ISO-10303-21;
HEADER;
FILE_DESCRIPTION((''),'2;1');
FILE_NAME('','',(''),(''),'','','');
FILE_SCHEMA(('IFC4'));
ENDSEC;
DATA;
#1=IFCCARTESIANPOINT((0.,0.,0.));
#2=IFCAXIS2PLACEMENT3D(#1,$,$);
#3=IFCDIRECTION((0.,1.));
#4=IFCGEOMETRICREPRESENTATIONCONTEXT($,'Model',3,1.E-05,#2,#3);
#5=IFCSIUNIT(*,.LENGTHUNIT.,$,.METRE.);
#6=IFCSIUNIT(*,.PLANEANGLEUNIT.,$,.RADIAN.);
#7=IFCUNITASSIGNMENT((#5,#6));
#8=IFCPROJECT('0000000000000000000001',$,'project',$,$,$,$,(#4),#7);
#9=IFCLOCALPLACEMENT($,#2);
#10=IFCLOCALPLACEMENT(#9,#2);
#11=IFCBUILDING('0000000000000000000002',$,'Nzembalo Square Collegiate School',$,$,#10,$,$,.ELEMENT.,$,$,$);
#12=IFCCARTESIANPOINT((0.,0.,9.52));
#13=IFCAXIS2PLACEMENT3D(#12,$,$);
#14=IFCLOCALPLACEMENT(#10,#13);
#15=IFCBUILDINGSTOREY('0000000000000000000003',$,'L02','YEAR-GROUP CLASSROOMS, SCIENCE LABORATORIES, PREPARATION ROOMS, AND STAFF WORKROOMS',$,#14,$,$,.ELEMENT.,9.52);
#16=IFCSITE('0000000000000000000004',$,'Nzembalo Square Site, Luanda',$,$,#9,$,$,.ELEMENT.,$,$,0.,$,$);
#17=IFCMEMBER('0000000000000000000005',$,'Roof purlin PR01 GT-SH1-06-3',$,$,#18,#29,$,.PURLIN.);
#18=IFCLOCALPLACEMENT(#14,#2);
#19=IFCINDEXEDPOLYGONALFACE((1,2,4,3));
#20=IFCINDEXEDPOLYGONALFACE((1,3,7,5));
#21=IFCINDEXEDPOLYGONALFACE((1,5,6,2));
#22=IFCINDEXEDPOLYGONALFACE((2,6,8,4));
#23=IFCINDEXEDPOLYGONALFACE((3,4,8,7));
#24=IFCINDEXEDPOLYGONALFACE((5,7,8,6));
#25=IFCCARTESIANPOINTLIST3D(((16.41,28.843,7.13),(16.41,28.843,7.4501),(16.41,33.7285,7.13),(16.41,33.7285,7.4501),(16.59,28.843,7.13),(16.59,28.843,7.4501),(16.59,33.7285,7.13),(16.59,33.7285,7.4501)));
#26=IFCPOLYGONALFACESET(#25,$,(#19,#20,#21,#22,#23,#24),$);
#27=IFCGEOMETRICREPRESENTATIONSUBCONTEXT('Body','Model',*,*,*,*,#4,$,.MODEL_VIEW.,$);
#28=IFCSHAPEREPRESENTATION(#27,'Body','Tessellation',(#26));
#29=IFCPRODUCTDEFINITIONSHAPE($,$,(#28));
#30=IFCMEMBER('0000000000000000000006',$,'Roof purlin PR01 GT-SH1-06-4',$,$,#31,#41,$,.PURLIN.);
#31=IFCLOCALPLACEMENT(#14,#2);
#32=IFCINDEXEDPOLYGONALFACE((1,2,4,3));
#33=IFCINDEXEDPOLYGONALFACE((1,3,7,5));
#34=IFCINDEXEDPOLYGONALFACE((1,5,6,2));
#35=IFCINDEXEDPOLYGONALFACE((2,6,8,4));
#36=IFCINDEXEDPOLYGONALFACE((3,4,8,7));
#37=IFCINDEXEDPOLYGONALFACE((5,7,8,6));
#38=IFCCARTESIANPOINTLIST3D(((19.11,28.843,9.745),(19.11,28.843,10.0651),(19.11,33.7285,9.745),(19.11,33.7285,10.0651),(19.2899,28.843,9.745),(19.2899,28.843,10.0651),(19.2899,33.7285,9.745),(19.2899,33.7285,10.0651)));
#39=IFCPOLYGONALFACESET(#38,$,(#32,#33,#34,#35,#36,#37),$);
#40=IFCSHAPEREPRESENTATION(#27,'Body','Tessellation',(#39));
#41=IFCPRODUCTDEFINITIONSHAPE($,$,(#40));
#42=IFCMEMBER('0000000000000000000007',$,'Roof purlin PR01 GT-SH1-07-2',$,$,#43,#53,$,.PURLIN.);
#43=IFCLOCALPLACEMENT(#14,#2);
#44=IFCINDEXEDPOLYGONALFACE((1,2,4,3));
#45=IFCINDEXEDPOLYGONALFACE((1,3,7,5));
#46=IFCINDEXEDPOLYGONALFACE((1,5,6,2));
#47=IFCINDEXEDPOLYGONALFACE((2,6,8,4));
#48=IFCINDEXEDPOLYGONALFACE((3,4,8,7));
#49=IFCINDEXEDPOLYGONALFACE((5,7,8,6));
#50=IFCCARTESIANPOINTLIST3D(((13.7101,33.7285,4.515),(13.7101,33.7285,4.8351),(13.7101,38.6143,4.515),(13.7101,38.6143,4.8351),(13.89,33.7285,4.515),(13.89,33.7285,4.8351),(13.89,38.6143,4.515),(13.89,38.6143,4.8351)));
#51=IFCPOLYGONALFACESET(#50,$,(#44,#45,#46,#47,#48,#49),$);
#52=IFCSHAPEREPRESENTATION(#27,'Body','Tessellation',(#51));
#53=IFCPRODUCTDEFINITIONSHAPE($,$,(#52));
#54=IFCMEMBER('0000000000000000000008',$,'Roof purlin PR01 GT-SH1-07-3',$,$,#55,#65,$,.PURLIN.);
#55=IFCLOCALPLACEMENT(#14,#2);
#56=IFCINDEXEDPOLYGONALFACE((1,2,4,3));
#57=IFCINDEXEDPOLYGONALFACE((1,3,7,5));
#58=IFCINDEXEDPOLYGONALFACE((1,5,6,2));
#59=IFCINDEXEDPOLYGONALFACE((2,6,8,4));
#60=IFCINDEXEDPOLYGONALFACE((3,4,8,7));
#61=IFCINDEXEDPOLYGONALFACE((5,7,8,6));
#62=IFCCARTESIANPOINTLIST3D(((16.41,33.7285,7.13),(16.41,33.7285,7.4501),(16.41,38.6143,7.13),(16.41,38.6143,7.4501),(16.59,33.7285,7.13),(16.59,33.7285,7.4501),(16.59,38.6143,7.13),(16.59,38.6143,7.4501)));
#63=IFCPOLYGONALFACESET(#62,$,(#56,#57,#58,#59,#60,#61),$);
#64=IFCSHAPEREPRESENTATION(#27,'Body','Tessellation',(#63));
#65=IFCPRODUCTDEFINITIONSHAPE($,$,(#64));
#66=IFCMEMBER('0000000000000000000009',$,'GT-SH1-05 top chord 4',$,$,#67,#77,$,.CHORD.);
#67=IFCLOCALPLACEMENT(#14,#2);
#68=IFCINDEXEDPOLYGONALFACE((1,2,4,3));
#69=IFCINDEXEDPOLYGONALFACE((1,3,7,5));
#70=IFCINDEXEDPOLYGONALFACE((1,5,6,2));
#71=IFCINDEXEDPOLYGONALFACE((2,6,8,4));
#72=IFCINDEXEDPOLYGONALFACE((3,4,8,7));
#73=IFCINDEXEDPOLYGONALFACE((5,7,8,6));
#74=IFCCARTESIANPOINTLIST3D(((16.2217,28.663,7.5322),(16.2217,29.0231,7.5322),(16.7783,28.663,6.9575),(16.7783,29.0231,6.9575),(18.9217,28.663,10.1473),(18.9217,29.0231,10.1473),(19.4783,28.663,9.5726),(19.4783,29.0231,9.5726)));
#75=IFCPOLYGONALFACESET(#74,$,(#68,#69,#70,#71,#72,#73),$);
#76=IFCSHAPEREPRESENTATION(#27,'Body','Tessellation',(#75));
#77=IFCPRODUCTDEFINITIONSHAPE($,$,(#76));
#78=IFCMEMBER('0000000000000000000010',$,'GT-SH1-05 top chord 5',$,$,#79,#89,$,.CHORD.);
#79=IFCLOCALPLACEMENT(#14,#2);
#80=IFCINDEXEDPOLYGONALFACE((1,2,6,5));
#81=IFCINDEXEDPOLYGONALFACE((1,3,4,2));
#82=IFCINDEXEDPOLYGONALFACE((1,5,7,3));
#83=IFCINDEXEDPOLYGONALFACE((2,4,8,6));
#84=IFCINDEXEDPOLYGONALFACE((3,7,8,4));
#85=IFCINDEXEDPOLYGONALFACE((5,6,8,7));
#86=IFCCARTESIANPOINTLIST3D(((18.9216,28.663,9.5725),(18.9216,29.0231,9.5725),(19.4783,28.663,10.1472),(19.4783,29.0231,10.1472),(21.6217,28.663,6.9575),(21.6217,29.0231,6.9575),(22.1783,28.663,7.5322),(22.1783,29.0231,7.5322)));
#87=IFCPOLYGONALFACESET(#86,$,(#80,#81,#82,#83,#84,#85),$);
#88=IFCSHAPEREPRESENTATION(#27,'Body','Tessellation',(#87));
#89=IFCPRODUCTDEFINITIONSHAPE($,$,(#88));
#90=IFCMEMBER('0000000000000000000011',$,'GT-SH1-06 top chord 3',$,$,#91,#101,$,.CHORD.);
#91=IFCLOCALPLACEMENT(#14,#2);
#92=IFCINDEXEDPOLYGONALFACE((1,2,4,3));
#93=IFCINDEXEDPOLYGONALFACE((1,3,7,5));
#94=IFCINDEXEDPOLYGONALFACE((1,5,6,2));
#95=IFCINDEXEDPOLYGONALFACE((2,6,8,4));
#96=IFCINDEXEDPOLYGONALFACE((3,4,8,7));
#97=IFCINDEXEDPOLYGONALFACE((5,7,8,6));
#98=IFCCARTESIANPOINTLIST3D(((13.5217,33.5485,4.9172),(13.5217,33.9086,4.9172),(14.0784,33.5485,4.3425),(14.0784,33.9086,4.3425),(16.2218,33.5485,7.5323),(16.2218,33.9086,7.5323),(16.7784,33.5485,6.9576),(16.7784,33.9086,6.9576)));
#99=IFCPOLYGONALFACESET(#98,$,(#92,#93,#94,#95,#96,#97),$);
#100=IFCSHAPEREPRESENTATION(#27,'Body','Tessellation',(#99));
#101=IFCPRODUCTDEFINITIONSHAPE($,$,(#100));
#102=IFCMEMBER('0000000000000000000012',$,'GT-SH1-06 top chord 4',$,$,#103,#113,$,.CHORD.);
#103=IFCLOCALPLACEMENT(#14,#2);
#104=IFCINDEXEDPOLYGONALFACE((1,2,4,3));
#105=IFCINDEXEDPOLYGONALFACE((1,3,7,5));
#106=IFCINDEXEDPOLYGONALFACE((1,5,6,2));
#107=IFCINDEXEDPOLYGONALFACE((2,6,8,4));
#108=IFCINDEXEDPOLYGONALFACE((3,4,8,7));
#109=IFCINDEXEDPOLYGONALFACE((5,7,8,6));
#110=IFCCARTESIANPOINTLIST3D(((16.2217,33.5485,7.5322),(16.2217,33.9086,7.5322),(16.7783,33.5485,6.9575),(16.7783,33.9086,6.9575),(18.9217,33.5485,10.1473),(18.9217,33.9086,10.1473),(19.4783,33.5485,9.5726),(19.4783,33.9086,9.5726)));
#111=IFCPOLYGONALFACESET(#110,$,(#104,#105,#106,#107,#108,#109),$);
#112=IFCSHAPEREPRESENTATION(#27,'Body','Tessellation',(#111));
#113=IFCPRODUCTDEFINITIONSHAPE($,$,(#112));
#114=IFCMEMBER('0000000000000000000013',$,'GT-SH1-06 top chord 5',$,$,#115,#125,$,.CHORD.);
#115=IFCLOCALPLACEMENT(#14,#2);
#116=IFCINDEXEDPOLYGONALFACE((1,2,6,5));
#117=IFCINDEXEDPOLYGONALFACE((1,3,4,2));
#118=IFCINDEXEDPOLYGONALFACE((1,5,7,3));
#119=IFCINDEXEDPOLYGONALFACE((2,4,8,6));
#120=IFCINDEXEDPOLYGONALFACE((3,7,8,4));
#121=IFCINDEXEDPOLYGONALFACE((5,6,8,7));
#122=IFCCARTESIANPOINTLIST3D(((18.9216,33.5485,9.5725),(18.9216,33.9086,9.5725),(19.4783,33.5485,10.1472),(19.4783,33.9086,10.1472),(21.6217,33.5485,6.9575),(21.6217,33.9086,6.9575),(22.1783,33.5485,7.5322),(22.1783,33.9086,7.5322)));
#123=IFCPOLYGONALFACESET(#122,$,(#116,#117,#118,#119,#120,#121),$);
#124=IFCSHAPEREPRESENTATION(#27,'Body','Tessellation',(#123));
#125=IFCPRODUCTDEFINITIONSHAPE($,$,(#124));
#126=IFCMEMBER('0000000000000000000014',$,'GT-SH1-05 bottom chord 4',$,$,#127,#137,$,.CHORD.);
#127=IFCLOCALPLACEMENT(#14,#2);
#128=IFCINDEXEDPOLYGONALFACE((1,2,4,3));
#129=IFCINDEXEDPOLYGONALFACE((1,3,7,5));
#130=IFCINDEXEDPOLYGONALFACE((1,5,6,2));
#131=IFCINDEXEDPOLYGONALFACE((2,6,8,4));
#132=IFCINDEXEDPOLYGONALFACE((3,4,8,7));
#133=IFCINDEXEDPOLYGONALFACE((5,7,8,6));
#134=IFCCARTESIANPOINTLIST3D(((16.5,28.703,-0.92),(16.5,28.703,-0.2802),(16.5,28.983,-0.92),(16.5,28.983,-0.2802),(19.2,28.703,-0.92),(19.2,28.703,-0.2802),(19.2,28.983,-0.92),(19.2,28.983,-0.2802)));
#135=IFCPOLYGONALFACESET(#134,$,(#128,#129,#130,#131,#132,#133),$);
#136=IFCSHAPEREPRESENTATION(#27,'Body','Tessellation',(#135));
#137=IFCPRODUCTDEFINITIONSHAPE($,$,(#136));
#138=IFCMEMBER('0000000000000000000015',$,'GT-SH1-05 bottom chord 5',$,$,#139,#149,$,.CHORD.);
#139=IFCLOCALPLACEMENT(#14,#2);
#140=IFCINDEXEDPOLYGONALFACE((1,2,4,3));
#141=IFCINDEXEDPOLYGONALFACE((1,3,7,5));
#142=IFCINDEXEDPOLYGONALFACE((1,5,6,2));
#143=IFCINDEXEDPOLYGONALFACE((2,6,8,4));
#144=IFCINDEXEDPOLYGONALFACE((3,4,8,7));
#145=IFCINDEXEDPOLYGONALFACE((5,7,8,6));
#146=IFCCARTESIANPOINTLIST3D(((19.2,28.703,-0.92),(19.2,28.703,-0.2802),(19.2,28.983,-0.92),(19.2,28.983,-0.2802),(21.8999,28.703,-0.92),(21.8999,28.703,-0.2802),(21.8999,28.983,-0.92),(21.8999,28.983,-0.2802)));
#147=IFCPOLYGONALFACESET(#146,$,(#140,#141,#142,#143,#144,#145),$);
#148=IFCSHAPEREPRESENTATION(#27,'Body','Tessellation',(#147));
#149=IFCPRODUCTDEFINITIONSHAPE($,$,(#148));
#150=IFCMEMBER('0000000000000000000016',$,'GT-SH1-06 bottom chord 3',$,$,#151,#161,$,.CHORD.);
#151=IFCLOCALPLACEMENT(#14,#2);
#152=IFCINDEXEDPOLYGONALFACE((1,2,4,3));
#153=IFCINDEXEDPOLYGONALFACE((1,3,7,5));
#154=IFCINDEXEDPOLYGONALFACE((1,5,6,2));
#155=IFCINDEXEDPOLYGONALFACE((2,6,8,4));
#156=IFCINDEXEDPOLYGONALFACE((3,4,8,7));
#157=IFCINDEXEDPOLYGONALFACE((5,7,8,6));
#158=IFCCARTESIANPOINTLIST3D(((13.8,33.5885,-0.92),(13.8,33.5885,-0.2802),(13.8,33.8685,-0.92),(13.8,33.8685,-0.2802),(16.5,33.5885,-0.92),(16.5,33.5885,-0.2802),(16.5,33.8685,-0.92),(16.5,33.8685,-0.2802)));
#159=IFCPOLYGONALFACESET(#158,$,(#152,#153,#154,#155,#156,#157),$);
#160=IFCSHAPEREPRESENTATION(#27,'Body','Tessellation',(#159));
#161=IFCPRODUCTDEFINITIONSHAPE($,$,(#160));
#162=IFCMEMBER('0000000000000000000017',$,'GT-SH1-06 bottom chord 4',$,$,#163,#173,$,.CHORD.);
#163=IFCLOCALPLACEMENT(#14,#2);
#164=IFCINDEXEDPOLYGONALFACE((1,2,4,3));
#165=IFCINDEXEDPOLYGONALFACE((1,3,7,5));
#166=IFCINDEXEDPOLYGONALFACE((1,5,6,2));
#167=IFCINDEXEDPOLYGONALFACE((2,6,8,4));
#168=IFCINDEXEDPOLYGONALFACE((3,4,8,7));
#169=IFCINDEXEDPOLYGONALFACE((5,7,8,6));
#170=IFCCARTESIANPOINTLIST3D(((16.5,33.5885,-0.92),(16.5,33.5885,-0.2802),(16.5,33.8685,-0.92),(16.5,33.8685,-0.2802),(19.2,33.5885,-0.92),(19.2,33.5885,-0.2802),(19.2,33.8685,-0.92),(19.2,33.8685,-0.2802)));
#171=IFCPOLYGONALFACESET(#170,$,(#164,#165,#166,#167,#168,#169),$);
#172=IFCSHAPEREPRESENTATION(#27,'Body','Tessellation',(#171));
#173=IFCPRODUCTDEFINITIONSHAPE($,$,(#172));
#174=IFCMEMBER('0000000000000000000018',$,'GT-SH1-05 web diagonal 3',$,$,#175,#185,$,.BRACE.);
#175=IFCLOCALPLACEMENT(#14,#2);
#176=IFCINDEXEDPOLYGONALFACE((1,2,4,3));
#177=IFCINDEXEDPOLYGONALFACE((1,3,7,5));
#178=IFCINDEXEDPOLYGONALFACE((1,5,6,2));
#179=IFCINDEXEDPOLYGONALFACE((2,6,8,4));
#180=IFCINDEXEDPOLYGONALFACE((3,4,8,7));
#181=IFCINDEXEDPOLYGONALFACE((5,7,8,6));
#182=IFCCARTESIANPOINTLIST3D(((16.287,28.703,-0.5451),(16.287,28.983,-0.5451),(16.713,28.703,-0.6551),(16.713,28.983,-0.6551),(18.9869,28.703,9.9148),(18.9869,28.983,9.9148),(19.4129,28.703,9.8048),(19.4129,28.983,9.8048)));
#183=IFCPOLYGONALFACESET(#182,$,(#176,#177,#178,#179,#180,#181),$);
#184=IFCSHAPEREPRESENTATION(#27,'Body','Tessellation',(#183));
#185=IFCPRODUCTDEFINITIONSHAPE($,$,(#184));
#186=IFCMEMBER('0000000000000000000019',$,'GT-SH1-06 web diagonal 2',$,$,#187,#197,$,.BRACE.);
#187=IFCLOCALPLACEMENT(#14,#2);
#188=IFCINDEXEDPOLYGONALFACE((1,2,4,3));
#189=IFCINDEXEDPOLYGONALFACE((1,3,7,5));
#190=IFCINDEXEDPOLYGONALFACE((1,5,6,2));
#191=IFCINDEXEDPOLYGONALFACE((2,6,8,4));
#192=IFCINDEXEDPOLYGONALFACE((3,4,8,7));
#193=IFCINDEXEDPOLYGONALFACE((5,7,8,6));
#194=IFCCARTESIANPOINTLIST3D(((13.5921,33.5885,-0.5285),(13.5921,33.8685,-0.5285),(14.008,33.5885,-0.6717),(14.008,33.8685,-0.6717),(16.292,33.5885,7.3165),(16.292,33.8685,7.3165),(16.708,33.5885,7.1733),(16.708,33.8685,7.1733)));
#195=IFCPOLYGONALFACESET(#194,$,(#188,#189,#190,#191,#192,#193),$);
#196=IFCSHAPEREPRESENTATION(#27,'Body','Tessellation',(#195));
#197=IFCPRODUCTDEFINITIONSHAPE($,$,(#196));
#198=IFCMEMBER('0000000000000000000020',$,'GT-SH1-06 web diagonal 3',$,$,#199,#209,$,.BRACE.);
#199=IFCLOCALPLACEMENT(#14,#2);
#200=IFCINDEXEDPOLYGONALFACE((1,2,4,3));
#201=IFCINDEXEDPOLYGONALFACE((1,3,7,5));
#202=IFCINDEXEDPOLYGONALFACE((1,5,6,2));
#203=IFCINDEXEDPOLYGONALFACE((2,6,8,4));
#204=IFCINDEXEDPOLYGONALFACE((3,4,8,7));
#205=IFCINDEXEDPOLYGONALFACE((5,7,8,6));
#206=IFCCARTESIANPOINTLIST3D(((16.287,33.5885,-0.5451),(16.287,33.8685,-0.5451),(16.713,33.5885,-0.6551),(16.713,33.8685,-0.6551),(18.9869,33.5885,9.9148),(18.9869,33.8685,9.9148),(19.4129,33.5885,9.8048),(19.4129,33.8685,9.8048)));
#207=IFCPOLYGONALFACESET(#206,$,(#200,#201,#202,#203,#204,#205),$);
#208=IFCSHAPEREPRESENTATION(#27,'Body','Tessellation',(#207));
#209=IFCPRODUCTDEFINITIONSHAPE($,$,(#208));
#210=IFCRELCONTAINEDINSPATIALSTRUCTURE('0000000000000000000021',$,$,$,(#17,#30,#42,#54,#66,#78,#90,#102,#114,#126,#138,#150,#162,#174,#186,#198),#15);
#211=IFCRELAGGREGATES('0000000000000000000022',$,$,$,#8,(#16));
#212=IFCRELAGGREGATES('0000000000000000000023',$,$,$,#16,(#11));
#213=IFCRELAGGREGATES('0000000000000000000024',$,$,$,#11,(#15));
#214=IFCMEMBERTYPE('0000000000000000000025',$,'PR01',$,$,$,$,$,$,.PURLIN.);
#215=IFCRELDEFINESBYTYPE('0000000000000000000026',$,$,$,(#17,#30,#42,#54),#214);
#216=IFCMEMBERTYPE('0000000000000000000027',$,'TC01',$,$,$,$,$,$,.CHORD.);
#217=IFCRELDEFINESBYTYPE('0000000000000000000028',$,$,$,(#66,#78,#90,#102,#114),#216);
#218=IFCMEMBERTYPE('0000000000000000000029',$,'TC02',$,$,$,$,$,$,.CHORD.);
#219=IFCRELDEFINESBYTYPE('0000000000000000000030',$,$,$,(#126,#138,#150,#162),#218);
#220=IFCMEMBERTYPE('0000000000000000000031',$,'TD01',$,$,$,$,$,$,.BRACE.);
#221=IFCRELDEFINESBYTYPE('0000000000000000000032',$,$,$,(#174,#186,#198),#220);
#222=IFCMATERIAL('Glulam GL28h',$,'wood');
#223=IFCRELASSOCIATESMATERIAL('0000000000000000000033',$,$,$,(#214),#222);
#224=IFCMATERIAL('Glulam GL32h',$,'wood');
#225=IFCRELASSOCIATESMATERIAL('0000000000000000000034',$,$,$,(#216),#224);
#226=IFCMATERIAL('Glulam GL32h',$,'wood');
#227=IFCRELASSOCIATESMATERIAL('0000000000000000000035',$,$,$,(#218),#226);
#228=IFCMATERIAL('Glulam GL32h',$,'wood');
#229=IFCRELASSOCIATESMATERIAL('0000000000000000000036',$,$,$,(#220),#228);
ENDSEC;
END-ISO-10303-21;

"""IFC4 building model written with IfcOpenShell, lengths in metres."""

from ifc_helpers import new_model, si_unit, direction, frame, origin, origin_2d, place, context, subcontext, project, spatial, rectangle, extrude, material, material_profile, profile_set, type_object, element, save


model = new_model("IFC4")

# Units and contexts
model_context = context("Model", 3, precision=1e-05, world=origin(), true_north=direction((0.0, 1.0)))
body_context = subcontext(model_context, "Body", "Model", "MODEL_VIEW")
ifc_project = project(units=[si_unit("LENGTHUNIT", "METRE"), si_unit("PLANEANGLEUNIT", "RADIAN")], contexts=[model_context])

# Site, building, storey
site_placement = place(None, origin())
site = spatial("IfcSite", under=ifc_project, at=site_placement, Name="Nzembalo Square Site, Luanda", CompositionType="ELEMENT", RefElevation=0.0)
building_placement = place(site_placement, origin())
building = spatial("IfcBuilding", under=site, at=building_placement, Name="Nzembalo Square Collegiate School", CompositionType="ELEMENT")
storey_placement = place(building_placement, frame((0.0, 0.0, 9.52)))
storey = spatial("IfcBuildingStorey", under=building, at=storey_placement, Name="L02", Description="YEAR-GROUP CLASSROOMS, SCIENCE LABORATORIES, PREPARATION ROOMS, AND STAFF WORKROOMS", CompositionType="ELEMENT", Elevation=9.52)

# Members
ifc_material_1 = material(Name="Glulam GL28h", Category="wood")
ifc_material_profile_1 = material_profile(ifc_material_1, rectangle(XDim=0.1799, YDim=0.3201, at=origin_2d()), Name="GL28h 180x320")
ifc_profile_set_1 = profile_set([ifc_material_profile_1], Name="Glulam GL28h")
member_type_1 = type_object("IfcMemberType", Name="PR01", PredefinedType="PURLIN", material=ifc_profile_set_1)
for number, where, z_axis, x_axis, name in (
    (1, (16.5, 28.843, 7.29), (0.0, 1.0, 0.0), (-1.0, 0.0, 0.0), "Roof purlin PR01 GT-SH1-06-3"),
    (2, (19.2, 28.843, 9.905), (0.0, 1.0, 0.0), (-1.0, 0.0, 0.0), "Roof purlin PR01 GT-SH1-06-4"),
):
    element("IfcMember", number, at=place(storey_placement, frame(where, z_axis=z_axis, x_axis=x_axis)), inside=storey, type_object=member_type_1, Name=name, PredefinedType="PURLIN", context=body_context, shape_type="SweptSolid", body=[
        extrude(rectangle(XDim=0.1799, YDim=0.3201, at=origin_2d()), origin(), (0.0, 0.0, 1.0), 4.8855),
    ])
for number, where, z_axis, x_axis, name in (
    (3, (13.8, 33.7285, 4.675), (0.0, 1.0, 0.0), (-1.0, 0.0, 0.0), "Roof purlin PR01 GT-SH1-07-2"),
    (4, (16.5, 33.7285, 7.29), (0.0, 1.0, 0.0), (-1.0, 0.0, 0.0), "Roof purlin PR01 GT-SH1-07-3"),
):
    element("IfcMember", number, at=place(storey_placement, frame(where, z_axis=z_axis, x_axis=x_axis)), inside=storey, type_object=member_type_1, Name=name, PredefinedType="PURLIN", context=body_context, shape_type="SweptSolid", body=[
        extrude(rectangle(XDim=0.1799, YDim=0.3201, at=origin_2d()), origin(), (0.0, 0.0, 1.0), 4.8857),
    ])
ifc_material_2 = material(Name="Glulam GL32h", Category="wood")
ifc_material_profile_2 = material_profile(ifc_material_2, rectangle(XDim=0.3601, YDim=0.8, at=origin_2d()), Name="GL32h 360x800")
ifc_profile_set_2 = profile_set([ifc_material_profile_2], Name="Glulam GL32h")
member_type_2 = type_object("IfcMemberType", Name="TC01", PredefinedType="CHORD", material=ifc_profile_set_2)
for number, where, z_axis, x_axis, name in (
    (5, (16.5, 28.843, 7.2449), (0.718318, 0.0, 0.695715), (0.0, 1.0, 0.0), "GT-SH1-05 top chord 4"),
    (6, (19.2, 28.843, 9.8599), (0.718318, 0.0, -0.695715), (0.0, 1.0, 0.0), "GT-SH1-05 top chord 5"),
    (7, (13.8, 33.7285, 4.6299), (0.718318, 0.0, 0.695715), (0.0, 1.0, 0.0), "GT-SH1-06 top chord 3"),
    (8, (16.5, 33.7285, 7.2449), (0.718318, 0.0, 0.695715), (0.0, 1.0, 0.0), "GT-SH1-06 top chord 4"),
    (9, (19.2, 33.7285, 9.8599), (0.718318, 0.0, -0.695715), (0.0, 1.0, 0.0), "GT-SH1-06 top chord 5"),
):
    element("IfcMember", number, at=place(storey_placement, frame(where, z_axis=z_axis, x_axis=x_axis)), inside=storey, type_object=member_type_2, Name=name, PredefinedType="CHORD", context=body_context, shape_type="SweptSolid", body=[
        extrude(rectangle(XDim=0.3601, YDim=0.8, at=origin_2d()), origin(), (0.0, 0.0, 1.0), 3.7588),
    ])
ifc_material_3 = material(Name="Glulam GL32h", Category="wood")
ifc_material_profile_3 = material_profile(ifc_material_3, rectangle(XDim=0.28, YDim=0.6399, at=origin_2d()), Name="GL32h 280x640")
ifc_profile_set_3 = profile_set([ifc_material_profile_3], Name="Glulam GL32h")
member_type_3 = type_object("IfcMemberType", Name="TC02", PredefinedType="CHORD", material=ifc_profile_set_3)
for number, where, z_axis, x_axis, name in (
    (10, (16.5, 28.843, -0.6001), (1.0, 0.0, 0.0), (0.0, 1.0, 0.0), "GT-SH1-05 bottom chord 4"),
    (11, (19.2, 28.843, -0.6001), (1.0, 0.0, 0.0), (0.0, 1.0, 0.0), "GT-SH1-05 bottom chord 5"),
    (12, (13.8, 33.7285, -0.6001), (1.0, 0.0, 0.0), (0.0, 1.0, 0.0), "GT-SH1-06 bottom chord 3"),
    (13, (16.5, 33.7285, -0.6001), (1.0, 0.0, 0.0), (0.0, 1.0, 0.0), "GT-SH1-06 bottom chord 4"),
):
    element("IfcMember", number, at=place(storey_placement, frame(where, z_axis=z_axis, x_axis=x_axis)), inside=storey, type_object=member_type_3, Name=name, PredefinedType="CHORD", context=body_context, shape_type="SweptSolid", body=[
        extrude(rectangle(XDim=0.28, YDim=0.6399, at=origin_2d()), origin(), (0.0, 0.0, 1.0), 2.7),
    ])
ifc_material_4 = material(Name="Glulam GL32h", Category="wood")
ifc_material_profile_4 = material_profile(ifc_material_4, rectangle(XDim=0.28, YDim=0.4399, at=origin_2d()), Name="GL32h 280x440")
ifc_profile_set_4 = profile_set([ifc_material_profile_4], Name="Glulam GL32h")
member_type_4 = type_object("IfcMemberType", Name="TD01", PredefinedType="BRACE", material=ifc_profile_set_4)
member_1_placement = place(storey_placement, frame((16.5, 28.843, -0.6001), z_axis=(0.249931, 0.0, 0.968264), x_axis=(0.0, 1.0, 0.0)))
element("IfcMember", 14, at=member_1_placement, inside=storey, type_object=member_type_4, Name="GT-SH1-05 web diagonal 3", PredefinedType="BRACE", context=body_context, shape_type="SweptSolid", body=[
    extrude(rectangle(XDim=0.28, YDim=0.4399, at=origin_2d()), origin(), (0.0, 0.0, 1.0), 10.8027),
])
member_2_placement = place(storey_placement, frame((13.8, 33.7285, -0.6001), z_axis=(0.325429, 0.0, 0.945566), x_axis=(0.0, 1.0, 0.0)))
element("IfcMember", 15, at=member_2_placement, inside=storey, type_object=member_type_4, Name="GT-SH1-06 web diagonal 2", PredefinedType="BRACE", context=body_context, shape_type="SweptSolid", body=[
    extrude(rectangle(XDim=0.28, YDim=0.4399, at=origin_2d()), origin(), (0.0, 0.0, 1.0), 8.2966),
])
member_3_placement = place(storey_placement, frame((16.5, 33.7285, -0.6001), z_axis=(0.249931, 0.0, 0.968264), x_axis=(0.0, 1.0, 0.0)))
element("IfcMember", 16, at=member_3_placement, inside=storey, type_object=member_type_4, Name="GT-SH1-06 web diagonal 3", PredefinedType="BRACE", context=body_context, shape_type="SweptSolid", body=[
    extrude(rectangle(XDim=0.28, YDim=0.4399, at=origin_2d()), origin(), (0.0, 0.0, 1.0), 10.8027),
])

save(model, "model.ifc")
